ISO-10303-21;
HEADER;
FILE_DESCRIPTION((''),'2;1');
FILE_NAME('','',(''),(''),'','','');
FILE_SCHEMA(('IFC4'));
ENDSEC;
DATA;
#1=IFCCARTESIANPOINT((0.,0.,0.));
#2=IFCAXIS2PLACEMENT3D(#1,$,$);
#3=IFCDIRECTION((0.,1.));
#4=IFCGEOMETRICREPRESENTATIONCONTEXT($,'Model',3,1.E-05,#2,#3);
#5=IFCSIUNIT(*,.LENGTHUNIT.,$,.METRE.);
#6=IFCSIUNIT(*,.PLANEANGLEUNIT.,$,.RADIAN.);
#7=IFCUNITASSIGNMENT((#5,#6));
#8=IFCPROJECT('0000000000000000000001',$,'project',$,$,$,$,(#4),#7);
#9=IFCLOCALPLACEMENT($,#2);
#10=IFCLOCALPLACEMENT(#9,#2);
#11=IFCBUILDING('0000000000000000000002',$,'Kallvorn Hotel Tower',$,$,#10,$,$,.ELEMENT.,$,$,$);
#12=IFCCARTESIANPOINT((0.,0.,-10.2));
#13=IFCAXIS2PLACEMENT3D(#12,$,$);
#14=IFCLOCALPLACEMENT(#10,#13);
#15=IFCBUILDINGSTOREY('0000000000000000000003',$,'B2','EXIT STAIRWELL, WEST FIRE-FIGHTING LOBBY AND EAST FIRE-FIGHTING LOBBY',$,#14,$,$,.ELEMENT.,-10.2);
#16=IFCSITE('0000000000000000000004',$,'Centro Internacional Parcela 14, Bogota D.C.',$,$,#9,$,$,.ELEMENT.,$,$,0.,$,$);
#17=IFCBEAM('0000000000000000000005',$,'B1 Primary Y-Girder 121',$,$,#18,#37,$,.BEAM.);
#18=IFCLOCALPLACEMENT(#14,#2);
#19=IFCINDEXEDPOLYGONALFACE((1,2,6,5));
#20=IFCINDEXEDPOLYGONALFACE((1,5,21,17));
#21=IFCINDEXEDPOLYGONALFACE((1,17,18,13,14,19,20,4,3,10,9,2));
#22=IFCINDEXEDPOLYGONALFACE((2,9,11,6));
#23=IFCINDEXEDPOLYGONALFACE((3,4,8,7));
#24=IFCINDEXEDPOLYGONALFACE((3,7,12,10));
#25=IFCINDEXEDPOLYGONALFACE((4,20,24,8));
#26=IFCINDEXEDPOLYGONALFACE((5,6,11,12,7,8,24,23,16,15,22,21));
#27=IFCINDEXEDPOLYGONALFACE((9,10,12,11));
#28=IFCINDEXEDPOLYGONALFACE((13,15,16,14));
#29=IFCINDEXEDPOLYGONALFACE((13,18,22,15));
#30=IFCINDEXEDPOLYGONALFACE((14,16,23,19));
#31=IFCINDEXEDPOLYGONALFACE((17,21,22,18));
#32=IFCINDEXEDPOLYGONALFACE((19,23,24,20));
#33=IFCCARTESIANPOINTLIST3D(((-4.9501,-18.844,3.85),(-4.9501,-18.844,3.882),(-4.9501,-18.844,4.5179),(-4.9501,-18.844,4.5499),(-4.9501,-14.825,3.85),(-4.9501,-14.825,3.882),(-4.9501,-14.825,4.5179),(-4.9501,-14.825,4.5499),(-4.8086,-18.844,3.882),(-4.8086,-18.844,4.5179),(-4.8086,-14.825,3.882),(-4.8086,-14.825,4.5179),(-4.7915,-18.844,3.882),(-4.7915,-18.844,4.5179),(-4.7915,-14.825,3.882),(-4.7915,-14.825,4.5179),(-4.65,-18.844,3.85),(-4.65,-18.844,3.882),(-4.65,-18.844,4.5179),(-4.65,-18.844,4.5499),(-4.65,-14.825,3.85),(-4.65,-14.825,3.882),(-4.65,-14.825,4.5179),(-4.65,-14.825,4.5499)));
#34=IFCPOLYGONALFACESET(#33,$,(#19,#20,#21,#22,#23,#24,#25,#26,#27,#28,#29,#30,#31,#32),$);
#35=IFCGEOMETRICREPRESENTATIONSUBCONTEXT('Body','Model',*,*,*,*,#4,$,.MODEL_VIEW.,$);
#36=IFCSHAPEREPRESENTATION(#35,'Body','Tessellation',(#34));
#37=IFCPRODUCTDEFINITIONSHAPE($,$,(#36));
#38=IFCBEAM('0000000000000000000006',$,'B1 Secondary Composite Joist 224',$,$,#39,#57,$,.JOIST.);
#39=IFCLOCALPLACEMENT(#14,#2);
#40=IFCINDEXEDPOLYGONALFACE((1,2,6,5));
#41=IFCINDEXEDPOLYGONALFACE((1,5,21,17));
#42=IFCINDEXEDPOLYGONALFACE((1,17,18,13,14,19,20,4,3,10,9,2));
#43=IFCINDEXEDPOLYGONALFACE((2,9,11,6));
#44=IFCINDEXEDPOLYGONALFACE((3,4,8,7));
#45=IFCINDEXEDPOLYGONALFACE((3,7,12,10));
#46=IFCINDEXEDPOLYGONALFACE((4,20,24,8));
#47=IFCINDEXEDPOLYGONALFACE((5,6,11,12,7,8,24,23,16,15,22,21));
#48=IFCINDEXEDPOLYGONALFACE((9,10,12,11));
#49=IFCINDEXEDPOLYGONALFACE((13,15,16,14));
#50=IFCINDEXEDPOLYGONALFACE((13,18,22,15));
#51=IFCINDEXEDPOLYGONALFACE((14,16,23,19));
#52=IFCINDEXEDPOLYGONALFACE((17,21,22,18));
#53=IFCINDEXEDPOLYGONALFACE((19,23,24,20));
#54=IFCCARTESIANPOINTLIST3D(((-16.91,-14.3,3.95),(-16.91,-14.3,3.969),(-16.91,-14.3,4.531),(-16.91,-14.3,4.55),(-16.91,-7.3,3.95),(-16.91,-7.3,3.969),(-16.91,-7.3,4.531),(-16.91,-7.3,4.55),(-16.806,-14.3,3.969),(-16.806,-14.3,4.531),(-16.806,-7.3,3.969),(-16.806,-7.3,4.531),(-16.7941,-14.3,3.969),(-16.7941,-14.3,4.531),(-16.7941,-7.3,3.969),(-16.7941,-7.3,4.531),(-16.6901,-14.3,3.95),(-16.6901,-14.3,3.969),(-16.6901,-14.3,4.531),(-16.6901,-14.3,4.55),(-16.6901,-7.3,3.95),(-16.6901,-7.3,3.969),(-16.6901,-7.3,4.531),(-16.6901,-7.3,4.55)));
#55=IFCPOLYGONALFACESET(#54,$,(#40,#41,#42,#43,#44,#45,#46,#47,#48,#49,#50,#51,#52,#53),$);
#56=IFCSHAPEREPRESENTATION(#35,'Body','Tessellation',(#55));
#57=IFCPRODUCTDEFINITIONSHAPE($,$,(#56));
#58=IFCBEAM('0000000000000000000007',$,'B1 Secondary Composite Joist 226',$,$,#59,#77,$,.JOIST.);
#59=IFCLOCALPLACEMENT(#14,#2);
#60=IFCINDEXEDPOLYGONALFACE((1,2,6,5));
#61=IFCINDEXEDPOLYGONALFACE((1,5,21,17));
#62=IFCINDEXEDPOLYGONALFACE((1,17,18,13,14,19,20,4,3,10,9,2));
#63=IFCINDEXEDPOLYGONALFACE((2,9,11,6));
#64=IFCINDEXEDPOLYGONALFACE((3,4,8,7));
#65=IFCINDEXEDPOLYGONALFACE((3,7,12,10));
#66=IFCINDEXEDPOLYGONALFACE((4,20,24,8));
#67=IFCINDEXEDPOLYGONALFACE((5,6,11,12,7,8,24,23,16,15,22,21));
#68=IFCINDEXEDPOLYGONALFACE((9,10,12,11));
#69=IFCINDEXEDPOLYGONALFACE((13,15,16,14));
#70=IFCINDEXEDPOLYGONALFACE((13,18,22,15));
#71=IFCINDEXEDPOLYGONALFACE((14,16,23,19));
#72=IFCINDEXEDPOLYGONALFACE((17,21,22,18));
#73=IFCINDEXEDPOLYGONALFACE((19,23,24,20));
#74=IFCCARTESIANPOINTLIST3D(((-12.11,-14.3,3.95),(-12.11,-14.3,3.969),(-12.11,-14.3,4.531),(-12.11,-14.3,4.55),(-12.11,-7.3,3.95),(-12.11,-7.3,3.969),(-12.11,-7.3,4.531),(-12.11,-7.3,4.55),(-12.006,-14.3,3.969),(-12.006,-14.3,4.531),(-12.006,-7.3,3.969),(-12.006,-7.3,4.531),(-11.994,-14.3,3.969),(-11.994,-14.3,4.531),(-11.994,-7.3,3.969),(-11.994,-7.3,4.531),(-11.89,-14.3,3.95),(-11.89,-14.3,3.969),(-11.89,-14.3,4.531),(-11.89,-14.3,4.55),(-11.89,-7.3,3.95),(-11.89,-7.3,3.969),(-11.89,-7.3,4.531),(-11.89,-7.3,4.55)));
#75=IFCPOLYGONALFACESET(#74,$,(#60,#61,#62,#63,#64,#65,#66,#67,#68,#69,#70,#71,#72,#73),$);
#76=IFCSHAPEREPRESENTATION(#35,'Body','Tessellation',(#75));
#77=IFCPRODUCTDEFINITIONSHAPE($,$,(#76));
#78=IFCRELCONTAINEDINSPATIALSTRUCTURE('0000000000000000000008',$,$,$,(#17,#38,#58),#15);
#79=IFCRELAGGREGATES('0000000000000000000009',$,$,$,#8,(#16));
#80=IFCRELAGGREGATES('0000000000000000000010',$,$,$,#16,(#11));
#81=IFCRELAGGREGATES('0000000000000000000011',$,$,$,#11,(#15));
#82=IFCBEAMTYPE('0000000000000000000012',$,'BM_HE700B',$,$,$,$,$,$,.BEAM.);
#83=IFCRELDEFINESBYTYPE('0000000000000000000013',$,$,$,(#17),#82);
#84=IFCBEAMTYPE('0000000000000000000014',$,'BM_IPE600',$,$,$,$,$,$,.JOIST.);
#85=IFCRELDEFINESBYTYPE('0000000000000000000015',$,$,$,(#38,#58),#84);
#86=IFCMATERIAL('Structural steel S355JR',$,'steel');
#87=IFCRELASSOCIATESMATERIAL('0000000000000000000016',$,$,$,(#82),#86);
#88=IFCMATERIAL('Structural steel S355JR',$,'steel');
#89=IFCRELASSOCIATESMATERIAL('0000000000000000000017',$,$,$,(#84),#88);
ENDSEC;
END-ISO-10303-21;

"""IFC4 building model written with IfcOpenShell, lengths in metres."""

from ifc_helpers import new_model, si_unit, direction, frame, origin, origin_2d, place, context, subcontext, project, spatial, i_section, extrude, material, material_profile, profile_set, type_object, element, save


model = new_model("IFC4")

# Units and contexts
model_context = context("Model", 3, precision=1e-05, world=origin(), true_north=direction((0.0, 1.0)))
body_context = subcontext(model_context, "Body", "Model", "MODEL_VIEW")
ifc_project = project(units=[si_unit("LENGTHUNIT", "METRE"), si_unit("PLANEANGLEUNIT", "RADIAN")], contexts=[model_context])

# Site, building, storey
site_placement = place(None, origin())
site = spatial("IfcSite", under=ifc_project, at=site_placement, Name="Centro Internacional Parcela 14, Bogota D.C.", CompositionType="ELEMENT", RefElevation=0.0)
building_placement = place(site_placement, origin())
building = spatial("IfcBuilding", under=site, at=building_placement, Name="Kallvorn Hotel Tower", CompositionType="ELEMENT")
storey_placement = place(building_placement, frame((0.0, 0.0, -10.2)))
storey = spatial("IfcBuildingStorey", under=building, at=storey_placement, Name="B2", Description="EXIT STAIRWELL, WEST FIRE-FIGHTING LOBBY AND EAST FIRE-FIGHTING LOBBY", CompositionType="ELEMENT", Elevation=-10.2)

# Beams
ifc_material_1 = material(Name="Structural steel S355JR", Category="steel")
ifc_material_profile_1 = material_profile(ifc_material_1, i_section(OverallWidth=0.3, OverallDepth=0.7, WebThickness=0.0171, FlangeThickness=0.032, at=origin_2d()), Name="HE 700 B")
ifc_profile_set_1 = profile_set([ifc_material_profile_1], Name="Structural steel S355JR")
beam_type_1 = type_object("IfcBeamType", Name="BM_HE700B", PredefinedType="BEAM", material=ifc_profile_set_1)
beam_1_placement = place(storey_placement, frame((-4.8, -18.844, 4.2), z_axis=(0.0, 1.0, 0.0), x_axis=(-1.0, 0.0, 0.0)))
element("IfcBeam", 1, at=beam_1_placement, inside=storey, type_object=beam_type_1, Name="B1 Primary Y-Girder 121", PredefinedType="BEAM", context=body_context, shape_type="SweptSolid", body=[
    extrude(i_section(OverallWidth=0.3, OverallDepth=0.7, WebThickness=0.0171, FlangeThickness=0.032, at=origin_2d()), origin(), (0.0, 0.0, 1.0), 4.019),
])
ifc_material_2 = material(Name="Structural steel S355JR", Category="steel")
ifc_material_profile_2 = material_profile(ifc_material_2, i_section(OverallWidth=0.22, OverallDepth=0.6001, WebThickness=0.012, FlangeThickness=0.019, at=origin_2d()), Name="IPE 600")
ifc_profile_set_2 = profile_set([ifc_material_profile_2], Name="Structural steel S355JR")
beam_type_2 = type_object("IfcBeamType", Name="BM_IPE600", PredefinedType="JOIST", material=ifc_profile_set_2)
for number, where, z_axis, x_axis, name in (
    (2, (-16.8, -14.3, 4.25), (0.0, 1.0, 0.0), (-1.0, 0.0, 0.0), "B1 Secondary Composite Joist 224"),
    (3, (-12.0, -14.3, 4.25), (0.0, 1.0, 0.0), (-1.0, 0.0, 0.0), "B1 Secondary Composite Joist 226"),
):
    element("IfcBeam", number, at=place(storey_placement, frame(where, z_axis=z_axis, x_axis=x_axis)), inside=storey, type_object=beam_type_2, Name=name, PredefinedType="JOIST", context=body_context, shape_type="SweptSolid", body=[
        extrude(i_section(OverallWidth=0.22, OverallDepth=0.6001, WebThickness=0.012, FlangeThickness=0.019, at=origin_2d()), origin(), (0.0, 0.0, 1.0), 7.0),
    ])

save(model, "model.ifc")
